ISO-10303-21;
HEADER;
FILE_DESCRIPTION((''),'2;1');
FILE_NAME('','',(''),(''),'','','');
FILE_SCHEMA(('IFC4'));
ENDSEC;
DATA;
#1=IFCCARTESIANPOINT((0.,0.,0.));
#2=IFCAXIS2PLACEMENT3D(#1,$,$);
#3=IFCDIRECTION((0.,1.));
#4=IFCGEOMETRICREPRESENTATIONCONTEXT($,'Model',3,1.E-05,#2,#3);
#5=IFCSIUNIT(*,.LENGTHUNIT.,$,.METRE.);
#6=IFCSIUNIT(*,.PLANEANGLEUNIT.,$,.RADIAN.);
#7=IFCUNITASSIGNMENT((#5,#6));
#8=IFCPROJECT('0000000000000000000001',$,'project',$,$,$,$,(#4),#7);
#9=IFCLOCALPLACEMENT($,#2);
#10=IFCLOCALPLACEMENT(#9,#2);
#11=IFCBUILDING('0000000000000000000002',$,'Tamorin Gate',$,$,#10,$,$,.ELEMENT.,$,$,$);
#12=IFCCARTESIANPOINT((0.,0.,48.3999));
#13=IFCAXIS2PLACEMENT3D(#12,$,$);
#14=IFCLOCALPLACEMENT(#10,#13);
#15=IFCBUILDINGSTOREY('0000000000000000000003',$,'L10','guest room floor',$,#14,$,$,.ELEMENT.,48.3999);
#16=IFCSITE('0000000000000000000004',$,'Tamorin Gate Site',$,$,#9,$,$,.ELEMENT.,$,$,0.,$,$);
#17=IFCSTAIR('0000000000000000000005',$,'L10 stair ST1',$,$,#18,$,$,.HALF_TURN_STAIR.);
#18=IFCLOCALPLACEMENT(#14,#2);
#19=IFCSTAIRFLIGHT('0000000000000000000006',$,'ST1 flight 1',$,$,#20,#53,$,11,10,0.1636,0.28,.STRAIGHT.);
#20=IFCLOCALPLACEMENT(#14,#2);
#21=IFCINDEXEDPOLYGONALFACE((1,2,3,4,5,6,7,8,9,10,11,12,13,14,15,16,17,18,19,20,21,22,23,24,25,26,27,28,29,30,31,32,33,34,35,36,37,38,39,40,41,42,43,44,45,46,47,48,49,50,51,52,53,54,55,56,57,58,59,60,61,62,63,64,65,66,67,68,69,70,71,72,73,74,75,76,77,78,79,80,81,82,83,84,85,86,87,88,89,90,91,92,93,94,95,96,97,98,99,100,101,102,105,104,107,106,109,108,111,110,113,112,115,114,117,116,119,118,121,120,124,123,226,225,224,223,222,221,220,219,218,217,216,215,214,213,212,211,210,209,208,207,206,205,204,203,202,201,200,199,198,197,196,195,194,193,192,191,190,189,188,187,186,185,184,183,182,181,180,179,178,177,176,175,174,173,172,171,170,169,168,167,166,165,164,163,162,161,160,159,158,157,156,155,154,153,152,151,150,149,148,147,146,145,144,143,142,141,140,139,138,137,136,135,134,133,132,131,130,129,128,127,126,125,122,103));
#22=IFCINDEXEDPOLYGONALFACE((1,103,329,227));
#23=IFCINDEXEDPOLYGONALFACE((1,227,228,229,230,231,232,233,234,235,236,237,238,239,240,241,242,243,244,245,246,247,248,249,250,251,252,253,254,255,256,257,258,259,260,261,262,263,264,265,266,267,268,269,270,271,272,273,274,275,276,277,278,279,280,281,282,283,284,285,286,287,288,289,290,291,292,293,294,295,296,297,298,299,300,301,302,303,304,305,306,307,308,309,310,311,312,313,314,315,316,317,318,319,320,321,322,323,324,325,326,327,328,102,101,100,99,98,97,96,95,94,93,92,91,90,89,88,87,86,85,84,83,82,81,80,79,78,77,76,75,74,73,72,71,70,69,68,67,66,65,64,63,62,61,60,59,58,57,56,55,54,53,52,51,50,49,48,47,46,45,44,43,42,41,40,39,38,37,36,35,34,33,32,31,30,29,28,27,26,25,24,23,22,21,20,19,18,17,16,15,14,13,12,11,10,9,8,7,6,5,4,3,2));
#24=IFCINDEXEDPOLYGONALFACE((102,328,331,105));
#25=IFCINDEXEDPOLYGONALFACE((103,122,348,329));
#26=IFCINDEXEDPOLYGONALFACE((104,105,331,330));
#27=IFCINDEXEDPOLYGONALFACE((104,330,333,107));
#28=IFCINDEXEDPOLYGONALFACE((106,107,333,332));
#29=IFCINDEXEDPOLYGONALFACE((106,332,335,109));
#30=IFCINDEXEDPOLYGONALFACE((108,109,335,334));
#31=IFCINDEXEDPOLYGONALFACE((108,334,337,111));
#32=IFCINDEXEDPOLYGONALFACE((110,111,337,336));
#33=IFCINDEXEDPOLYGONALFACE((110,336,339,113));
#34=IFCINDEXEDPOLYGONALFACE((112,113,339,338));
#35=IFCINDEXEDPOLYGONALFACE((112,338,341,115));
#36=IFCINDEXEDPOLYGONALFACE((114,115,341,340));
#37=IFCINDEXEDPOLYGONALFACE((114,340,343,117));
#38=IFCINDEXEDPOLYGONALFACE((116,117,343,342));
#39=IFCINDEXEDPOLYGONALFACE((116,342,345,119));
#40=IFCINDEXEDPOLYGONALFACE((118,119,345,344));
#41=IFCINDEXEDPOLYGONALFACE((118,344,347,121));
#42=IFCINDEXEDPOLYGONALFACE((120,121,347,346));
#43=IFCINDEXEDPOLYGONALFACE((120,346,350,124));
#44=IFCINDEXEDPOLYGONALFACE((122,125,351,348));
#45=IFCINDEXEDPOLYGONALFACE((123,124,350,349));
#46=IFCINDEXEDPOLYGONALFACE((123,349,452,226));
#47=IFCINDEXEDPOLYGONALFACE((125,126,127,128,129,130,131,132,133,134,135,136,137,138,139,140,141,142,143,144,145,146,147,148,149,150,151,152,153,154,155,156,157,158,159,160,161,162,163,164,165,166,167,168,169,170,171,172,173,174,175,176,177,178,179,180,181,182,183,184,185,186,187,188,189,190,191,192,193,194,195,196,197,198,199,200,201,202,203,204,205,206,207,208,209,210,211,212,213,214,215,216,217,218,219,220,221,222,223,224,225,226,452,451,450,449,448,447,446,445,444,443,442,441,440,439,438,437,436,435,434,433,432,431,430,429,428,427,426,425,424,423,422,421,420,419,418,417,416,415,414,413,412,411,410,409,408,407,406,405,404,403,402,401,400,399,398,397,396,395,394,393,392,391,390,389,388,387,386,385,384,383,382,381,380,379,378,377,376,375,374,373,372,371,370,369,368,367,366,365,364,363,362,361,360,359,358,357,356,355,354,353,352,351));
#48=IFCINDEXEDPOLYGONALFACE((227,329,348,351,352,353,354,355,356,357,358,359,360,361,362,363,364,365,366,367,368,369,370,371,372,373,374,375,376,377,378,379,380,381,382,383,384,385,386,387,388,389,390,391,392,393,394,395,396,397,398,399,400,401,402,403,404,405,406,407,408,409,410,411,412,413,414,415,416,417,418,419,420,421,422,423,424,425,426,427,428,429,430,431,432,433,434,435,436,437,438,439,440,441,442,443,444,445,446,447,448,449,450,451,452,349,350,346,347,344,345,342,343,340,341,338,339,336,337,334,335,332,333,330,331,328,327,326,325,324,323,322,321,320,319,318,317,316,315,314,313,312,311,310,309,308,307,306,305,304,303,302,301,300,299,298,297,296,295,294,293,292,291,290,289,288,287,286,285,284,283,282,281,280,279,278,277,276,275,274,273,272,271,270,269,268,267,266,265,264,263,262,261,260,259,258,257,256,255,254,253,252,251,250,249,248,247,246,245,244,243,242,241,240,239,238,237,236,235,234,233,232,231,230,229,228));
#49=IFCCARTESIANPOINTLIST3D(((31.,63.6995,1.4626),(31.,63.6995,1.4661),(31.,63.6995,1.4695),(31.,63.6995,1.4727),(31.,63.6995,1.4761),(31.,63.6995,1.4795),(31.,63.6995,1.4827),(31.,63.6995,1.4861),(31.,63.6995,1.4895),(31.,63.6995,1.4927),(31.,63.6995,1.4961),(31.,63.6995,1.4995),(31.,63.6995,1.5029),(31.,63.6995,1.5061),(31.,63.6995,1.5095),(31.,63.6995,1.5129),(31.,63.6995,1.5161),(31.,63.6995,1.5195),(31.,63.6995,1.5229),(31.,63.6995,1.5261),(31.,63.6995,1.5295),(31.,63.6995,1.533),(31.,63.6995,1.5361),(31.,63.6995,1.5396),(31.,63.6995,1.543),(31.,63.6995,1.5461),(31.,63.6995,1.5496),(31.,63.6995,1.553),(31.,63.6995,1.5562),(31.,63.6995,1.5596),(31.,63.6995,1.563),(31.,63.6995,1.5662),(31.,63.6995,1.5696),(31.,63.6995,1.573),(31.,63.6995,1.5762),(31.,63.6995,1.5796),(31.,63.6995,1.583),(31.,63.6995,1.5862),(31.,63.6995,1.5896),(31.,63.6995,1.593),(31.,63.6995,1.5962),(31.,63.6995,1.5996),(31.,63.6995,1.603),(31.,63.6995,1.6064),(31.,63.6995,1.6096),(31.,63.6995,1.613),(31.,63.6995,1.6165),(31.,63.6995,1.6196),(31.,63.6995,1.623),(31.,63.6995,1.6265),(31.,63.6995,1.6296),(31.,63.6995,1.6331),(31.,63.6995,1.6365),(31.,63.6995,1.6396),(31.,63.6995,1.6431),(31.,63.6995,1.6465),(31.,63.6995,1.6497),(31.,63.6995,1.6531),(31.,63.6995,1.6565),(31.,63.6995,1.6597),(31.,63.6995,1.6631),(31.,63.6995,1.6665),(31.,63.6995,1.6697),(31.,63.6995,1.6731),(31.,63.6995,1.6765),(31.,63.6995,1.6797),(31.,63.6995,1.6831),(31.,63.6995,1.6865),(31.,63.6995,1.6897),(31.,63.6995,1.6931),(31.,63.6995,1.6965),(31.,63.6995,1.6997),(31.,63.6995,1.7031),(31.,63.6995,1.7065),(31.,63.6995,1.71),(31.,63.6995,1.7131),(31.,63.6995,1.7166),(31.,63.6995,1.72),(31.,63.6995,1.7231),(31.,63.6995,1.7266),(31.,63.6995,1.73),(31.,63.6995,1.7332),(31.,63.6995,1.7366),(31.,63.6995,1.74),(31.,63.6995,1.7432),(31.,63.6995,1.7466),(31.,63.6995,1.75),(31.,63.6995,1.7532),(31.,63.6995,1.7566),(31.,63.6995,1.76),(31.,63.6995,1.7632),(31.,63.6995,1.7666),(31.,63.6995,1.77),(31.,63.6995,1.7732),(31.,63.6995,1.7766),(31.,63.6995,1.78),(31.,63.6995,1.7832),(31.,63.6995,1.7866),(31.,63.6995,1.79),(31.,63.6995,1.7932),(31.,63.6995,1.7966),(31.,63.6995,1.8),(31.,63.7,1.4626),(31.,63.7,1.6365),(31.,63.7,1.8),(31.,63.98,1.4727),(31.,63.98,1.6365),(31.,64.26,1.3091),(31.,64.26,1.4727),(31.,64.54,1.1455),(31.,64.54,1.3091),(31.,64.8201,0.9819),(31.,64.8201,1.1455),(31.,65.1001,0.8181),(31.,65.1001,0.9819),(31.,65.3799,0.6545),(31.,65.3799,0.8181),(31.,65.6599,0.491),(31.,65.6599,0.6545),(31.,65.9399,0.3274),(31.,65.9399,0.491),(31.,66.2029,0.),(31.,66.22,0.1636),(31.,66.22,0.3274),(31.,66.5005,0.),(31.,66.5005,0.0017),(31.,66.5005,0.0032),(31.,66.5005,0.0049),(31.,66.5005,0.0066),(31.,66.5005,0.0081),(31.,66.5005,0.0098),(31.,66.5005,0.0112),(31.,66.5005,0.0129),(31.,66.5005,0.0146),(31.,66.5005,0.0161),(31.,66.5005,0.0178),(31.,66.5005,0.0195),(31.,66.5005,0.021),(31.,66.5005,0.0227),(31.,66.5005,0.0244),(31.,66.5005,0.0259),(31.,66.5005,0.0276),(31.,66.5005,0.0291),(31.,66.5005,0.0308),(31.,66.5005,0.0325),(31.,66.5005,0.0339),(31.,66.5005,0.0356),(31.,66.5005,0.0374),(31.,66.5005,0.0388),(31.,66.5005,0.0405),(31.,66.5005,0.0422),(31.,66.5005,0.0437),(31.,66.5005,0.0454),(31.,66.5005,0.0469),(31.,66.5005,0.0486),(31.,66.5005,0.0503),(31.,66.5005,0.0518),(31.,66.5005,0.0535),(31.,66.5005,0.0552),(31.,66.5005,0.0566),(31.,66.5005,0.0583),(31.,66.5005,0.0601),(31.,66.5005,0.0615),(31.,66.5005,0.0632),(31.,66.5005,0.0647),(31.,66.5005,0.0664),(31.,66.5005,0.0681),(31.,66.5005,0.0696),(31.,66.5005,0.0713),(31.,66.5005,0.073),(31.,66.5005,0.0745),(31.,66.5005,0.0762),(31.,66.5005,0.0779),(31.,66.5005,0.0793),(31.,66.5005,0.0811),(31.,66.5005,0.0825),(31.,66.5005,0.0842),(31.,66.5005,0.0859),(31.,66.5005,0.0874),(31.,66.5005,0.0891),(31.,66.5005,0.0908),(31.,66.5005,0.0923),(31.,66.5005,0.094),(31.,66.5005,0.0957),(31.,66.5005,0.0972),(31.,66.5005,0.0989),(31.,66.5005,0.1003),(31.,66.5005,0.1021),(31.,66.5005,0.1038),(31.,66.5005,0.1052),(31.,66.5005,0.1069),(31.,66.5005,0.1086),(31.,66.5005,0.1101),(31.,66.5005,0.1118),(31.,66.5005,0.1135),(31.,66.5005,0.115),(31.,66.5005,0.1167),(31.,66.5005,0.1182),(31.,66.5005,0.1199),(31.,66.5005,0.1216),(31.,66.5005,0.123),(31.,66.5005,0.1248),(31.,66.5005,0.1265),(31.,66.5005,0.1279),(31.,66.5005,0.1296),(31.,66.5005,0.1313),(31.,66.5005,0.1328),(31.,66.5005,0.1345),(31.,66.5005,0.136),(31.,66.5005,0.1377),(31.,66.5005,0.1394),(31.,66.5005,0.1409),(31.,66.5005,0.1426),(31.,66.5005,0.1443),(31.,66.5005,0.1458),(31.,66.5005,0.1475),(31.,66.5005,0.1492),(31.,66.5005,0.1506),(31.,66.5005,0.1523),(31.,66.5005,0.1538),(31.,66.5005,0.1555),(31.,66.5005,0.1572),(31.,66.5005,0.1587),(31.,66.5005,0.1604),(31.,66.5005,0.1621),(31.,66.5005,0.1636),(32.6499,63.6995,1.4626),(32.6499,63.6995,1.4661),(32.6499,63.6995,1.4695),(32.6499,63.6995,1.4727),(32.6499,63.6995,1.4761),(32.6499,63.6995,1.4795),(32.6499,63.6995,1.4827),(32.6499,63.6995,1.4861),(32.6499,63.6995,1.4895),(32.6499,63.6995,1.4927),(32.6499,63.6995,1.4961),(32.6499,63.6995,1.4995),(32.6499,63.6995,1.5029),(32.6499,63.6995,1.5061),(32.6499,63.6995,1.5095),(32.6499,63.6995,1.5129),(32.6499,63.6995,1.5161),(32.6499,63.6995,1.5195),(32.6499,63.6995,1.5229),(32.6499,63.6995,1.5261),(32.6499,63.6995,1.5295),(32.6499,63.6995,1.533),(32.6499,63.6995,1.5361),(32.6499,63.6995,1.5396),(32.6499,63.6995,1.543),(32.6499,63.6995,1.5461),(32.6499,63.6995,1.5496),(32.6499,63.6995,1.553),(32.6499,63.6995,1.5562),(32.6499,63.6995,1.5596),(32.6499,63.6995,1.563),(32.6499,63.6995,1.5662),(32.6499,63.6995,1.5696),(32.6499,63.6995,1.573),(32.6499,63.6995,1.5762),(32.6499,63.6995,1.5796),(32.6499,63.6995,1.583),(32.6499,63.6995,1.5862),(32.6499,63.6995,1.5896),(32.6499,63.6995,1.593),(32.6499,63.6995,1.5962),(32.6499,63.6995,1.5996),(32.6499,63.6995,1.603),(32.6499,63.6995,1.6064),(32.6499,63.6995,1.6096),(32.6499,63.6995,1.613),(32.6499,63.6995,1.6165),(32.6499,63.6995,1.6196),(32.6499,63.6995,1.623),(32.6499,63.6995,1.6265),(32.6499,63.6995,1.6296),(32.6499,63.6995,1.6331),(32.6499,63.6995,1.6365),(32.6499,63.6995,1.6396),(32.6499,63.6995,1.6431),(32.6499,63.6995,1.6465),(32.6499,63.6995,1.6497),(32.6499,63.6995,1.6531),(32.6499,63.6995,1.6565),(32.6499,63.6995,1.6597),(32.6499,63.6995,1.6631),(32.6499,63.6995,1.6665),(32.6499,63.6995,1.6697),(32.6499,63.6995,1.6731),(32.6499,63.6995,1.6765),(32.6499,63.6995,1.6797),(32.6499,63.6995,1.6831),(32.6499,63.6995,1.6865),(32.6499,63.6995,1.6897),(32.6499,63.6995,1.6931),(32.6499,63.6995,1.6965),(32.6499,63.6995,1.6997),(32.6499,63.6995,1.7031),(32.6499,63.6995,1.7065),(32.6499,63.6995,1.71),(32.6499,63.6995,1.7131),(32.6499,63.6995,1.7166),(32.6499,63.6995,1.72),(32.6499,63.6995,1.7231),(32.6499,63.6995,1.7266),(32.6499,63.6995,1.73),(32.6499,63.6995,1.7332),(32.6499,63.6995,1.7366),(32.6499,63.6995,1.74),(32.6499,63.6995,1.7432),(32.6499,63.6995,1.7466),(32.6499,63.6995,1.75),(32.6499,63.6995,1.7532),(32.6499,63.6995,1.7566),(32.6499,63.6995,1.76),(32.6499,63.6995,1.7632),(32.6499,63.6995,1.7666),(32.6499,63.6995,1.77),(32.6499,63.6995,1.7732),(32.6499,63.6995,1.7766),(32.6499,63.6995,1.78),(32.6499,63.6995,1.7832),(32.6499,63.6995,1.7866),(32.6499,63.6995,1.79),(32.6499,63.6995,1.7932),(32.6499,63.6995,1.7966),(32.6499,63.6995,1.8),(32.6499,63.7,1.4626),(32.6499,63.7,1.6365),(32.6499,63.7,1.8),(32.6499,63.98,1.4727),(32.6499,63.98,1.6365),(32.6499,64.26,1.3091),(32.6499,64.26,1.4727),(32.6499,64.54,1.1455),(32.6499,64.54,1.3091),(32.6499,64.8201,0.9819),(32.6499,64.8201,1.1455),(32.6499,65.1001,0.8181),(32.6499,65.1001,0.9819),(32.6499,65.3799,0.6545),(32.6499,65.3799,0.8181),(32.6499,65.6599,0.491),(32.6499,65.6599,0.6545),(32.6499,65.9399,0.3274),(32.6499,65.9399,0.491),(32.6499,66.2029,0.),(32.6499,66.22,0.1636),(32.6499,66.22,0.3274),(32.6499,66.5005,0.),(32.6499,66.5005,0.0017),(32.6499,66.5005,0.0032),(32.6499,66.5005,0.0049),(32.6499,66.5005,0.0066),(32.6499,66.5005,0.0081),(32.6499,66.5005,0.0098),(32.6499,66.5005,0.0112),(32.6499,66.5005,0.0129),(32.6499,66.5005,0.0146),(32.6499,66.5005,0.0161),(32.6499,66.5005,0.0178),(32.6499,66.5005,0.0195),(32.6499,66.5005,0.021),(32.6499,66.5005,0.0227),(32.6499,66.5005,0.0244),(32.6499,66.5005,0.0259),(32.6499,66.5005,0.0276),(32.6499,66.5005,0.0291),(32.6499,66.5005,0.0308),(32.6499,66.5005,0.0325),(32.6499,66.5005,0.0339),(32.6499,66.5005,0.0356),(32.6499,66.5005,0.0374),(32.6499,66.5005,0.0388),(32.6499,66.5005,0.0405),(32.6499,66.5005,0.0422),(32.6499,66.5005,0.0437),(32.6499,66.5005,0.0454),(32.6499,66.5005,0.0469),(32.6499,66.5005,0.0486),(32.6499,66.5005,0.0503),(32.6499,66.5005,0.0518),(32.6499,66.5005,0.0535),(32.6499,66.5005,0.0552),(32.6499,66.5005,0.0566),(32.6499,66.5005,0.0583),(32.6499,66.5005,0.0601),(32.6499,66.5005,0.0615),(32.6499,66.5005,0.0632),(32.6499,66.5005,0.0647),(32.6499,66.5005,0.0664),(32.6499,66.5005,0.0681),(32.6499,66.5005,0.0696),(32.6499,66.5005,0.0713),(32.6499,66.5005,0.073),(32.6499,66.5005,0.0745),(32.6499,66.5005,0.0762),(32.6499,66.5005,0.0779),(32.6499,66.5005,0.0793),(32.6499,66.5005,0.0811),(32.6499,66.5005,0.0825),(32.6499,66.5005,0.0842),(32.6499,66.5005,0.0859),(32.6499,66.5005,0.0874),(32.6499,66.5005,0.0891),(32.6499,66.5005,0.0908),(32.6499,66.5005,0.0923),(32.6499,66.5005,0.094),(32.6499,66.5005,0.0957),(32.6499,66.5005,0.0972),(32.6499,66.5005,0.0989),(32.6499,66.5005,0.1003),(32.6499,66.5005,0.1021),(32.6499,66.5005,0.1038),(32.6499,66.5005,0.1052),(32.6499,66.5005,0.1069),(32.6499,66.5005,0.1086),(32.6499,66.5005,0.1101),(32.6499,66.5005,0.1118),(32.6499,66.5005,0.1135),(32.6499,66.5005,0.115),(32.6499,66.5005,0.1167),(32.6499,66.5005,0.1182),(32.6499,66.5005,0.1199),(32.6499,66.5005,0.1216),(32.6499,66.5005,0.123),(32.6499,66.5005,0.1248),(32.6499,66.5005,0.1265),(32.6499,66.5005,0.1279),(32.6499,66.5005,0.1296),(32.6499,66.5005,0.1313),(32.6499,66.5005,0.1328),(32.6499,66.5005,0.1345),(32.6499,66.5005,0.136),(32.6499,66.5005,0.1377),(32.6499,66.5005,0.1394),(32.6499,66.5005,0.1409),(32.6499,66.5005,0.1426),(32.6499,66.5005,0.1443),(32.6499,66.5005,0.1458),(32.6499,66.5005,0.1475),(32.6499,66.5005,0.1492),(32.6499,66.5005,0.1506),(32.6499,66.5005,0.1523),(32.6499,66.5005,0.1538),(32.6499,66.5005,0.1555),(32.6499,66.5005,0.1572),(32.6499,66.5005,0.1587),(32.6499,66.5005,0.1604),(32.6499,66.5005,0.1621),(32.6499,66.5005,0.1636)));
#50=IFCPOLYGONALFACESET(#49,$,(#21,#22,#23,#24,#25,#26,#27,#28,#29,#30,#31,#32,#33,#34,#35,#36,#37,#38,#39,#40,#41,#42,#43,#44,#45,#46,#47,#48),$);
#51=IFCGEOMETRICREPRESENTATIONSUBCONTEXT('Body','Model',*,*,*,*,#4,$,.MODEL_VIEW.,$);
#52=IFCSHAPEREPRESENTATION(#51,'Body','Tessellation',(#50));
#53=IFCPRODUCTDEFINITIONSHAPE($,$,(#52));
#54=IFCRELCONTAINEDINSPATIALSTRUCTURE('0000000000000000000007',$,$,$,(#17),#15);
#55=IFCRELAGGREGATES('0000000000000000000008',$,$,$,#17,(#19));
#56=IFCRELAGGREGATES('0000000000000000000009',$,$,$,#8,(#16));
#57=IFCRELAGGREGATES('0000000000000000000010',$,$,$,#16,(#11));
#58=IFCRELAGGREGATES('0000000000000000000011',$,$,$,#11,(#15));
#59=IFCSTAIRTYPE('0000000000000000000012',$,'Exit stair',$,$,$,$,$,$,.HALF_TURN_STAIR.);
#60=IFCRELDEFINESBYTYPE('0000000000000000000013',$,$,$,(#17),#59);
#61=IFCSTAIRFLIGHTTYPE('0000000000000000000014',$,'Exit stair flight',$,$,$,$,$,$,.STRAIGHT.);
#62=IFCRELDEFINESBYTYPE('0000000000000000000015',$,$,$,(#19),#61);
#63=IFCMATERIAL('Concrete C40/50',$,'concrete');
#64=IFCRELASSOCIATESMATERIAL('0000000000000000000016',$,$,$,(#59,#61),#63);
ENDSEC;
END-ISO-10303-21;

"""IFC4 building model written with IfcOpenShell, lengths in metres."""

from ifc_helpers import new_model, si_unit, direction, frame, origin, place, context, subcontext, project, spatial, polyline, outline, extrude, material, type_object, element, aggregate, save


model = new_model("IFC4")

# Units and contexts
model_context = context("Model", 3, precision=1e-05, world=origin(), true_north=direction((0.0, 1.0)))
body_context = subcontext(model_context, "Body", "Model", "MODEL_VIEW")
ifc_project = project(units=[si_unit("LENGTHUNIT", "METRE"), si_unit("PLANEANGLEUNIT", "RADIAN")], contexts=[model_context])

# Site, building, storey
site_placement = place(None, origin())
site = spatial("IfcSite", under=ifc_project, at=site_placement, Name="Tamorin Gate Site", CompositionType="ELEMENT", RefElevation=0.0)
building_placement = place(site_placement, origin())
building = spatial("IfcBuilding", under=site, at=building_placement, Name="Tamorin Gate", CompositionType="ELEMENT")
storey_placement = place(building_placement, frame((0.0, 0.0, 48.3999)))
storey = spatial("IfcBuildingStorey", under=building, at=storey_placement, Name="L10", Description="guest room floor", CompositionType="ELEMENT", Elevation=48.3999)

# Shared definitions
ifc_material_1 = material(Name="Concrete C40/50", Category="concrete")

# Stair, stair flight
stair_type = type_object("IfcStairType", Name="Exit stair", PredefinedType="HALF_TURN_STAIR", material=ifc_material_1)
stair_placement = place(storey_placement, origin())
stair = element("IfcStair", 1, at=stair_placement, inside=storey, type_object=stair_type, Name="L10 stair ST1", PredefinedType="HALF_TURN_STAIR")
stair_flight_type = type_object("IfcStairFlightType", Name="Exit stair flight", PredefinedType="STRAIGHT", material=ifc_material_1)
stair_flight_1_placement = place(storey_placement, frame((31.825, 66.5, 0.0), z_axis=(0.0, 0.0, 1.0), x_axis=(0.0, -1.0, 0.0)))
stair_flight_1 = element("IfcStairFlight", 2, at=stair_flight_1_placement, type_object=stair_flight_type, Name="ST1 flight 1", NumberOfRisers=11, NumberOfTreads=10, PredefinedType="STRAIGHT", RiserHeight=0.1636, TreadLength=0.28, context=body_context, shape_type="SweptSolid", body=[
    extrude(outline(polyline([(-0.0005, 0.0), (-0.0005, 0.0017), (-0.0005, 0.0032), (-0.0005, 0.0049), (-0.0005, 0.0066), (-0.0005, 0.0081), (-0.0005, 0.0098), (-0.0005, 0.0112), (-0.0005, 0.0129), (-0.0005, 0.0146), (-0.0005, 0.0161), (-0.0005, 0.0178), (-0.0005, 0.0195), (-0.0005, 0.021), (-0.0005, 0.0227), (-0.0005, 0.0244), (-0.0005, 0.0259), (-0.0005, 0.0276), (-0.0005, 0.0291), (-0.0005, 0.0308), (-0.0005, 0.0325), (-0.0005, 0.0339), (-0.0005, 0.0356), (-0.0005, 0.0374), (-0.0005, 0.0388), (-0.0005, 0.0405), (-0.0005, 0.0422), (-0.0005, 0.0437), (-0.0005, 0.0454), (-0.0005, 0.0469), (-0.0005, 0.0486), (-0.0005, 0.0503), (-0.0005, 0.0518), (-0.0005, 0.0535), (-0.0005, 0.0552), (-0.0005, 0.0566), (-0.0005, 0.0583), (-0.0005, 0.0601), (-0.0005, 0.0615), (-0.0005, 0.0632), (-0.0005, 0.0647), (-0.0005, 0.0664), (-0.0005, 0.0681), (-0.0005, 0.0696), (-0.0005, 0.0713), (-0.0005, 0.073), (-0.0005, 0.0745), (-0.0005, 0.0762), (-0.0005, 0.0779), (-0.0005, 0.0793), (-0.0005, 0.0811), (-0.0005, 0.0825), (-0.0005, 0.0842), (-0.0005, 0.0859), (-0.0005, 0.0874), (-0.0005, 0.0891), (-0.0005, 0.0908), (-0.0005, 0.0923), (-0.0005, 0.094), (-0.0005, 0.0957), (-0.0005, 0.0972), (-0.0005, 0.0989), (-0.0005, 0.1003), (-0.0005, 0.1021), (-0.0005, 0.1038), (-0.0005, 0.1052), (-0.0005, 0.1069), (-0.0005, 0.1086), (-0.0005, 0.1101), (-0.0005, 0.1118), (-0.0005, 0.1135), (-0.0005, 0.115), (-0.0005, 0.1167), (-0.0005, 0.1182), (-0.0005, 0.1199), (-0.0005, 0.1216), (-0.0005, 0.123), (-0.0005, 0.1248), (-0.0005, 0.1265), (-0.0005, 0.1279), (-0.0005, 0.1296), (-0.0005, 0.1313), (-0.0005, 0.1328), (-0.0005, 0.1345), (-0.0005, 0.136), (-0.0005, 0.1377), (-0.0005, 0.1394), (-0.0005, 0.1409), (-0.0005, 0.1426), (-0.0005, 0.1443), (-0.0005, 0.1458), (-0.0005, 0.1475), (-0.0005, 0.1492), (-0.0005, 0.1506), (-0.0005, 0.1523), (-0.0005, 0.1538), (-0.0005, 0.1555), (-0.0005, 0.1572), (-0.0005, 0.1587), (-0.0005, 0.1604), (-0.0005, 0.1621), (-0.0005, 0.1636), (0.28, 0.1636), (0.28, 0.3274), (0.5601, 0.3274), (0.5601, 0.491), (0.8401, 0.491), (0.8401, 0.6545), (1.1201, 0.6545), (1.1201, 0.8181), (1.3999, 0.8181), (1.3999, 0.9819), (1.6799, 0.9819), (1.6799, 1.1455), (1.96, 1.1455), (1.96, 1.3091), (2.24, 1.3091), (2.24, 1.4727), (2.52, 1.4727), (2.52, 1.6365), (2.8, 1.6365), (2.8, 1.8), (2.8005, 1.8), (2.8005, 1.7966), (2.8005, 1.7932), (2.8005, 1.79), (2.8005, 1.7866), (2.8005, 1.7832), (2.8005, 1.78), (2.8005, 1.7766), (2.8005, 1.7732), (2.8005, 1.77), (2.8005, 1.7666), (2.8005, 1.7632), (2.8005, 1.76), (2.8005, 1.7566), (2.8005, 1.7532), (2.8005, 1.75), (2.8005, 1.7466), (2.8005, 1.7432), (2.8005, 1.74), (2.8005, 1.7366), (2.8005, 1.7332), (2.8005, 1.73), (2.8005, 1.7266), (2.8005, 1.7231), (2.8005, 1.72), (2.8005, 1.7166), (2.8005, 1.7131), (2.8005, 1.71), (2.8005, 1.7065), (2.8005, 1.7031), (2.8005, 1.6997), (2.8005, 1.6965), (2.8005, 1.6931), (2.8005, 1.6897), (2.8005, 1.6865), (2.8005, 1.6831), (2.8005, 1.6797), (2.8005, 1.6765), (2.8005, 1.6731), (2.8005, 1.6697), (2.8005, 1.6665), (2.8005, 1.6631), (2.8005, 1.6597), (2.8005, 1.6565), (2.8005, 1.6531), (2.8005, 1.6497), (2.8005, 1.6465), (2.8005, 1.6431), (2.8005, 1.6396), (2.8005, 1.6365), (2.8005, 1.6331), (2.8005, 1.6296), (2.8005, 1.6265), (2.8005, 1.623), (2.8005, 1.6196), (2.8005, 1.6165), (2.8005, 1.613), (2.8005, 1.6096), (2.8005, 1.6064), (2.8005, 1.603), (2.8005, 1.5996), (2.8005, 1.5962), (2.8005, 1.593), (2.8005, 1.5896), (2.8005, 1.5862), (2.8005, 1.583), (2.8005, 1.5796), (2.8005, 1.5762), (2.8005, 1.573), (2.8005, 1.5696), (2.8005, 1.5662), (2.8005, 1.563), (2.8005, 1.5596), (2.8005, 1.5562), (2.8005, 1.553), (2.8005, 1.5496), (2.8005, 1.5461), (2.8005, 1.543), (2.8005, 1.5396), (2.8005, 1.5361), (2.8005, 1.533), (2.8005, 1.5295), (2.8005, 1.5261), (2.8005, 1.5229), (2.8005, 1.5195), (2.8005, 1.5161), (2.8005, 1.5129), (2.8005, 1.5095), (2.8005, 1.5061), (2.8005, 1.5029), (2.8005, 1.4995), (2.8005, 1.4961), (2.8005, 1.4927), (2.8005, 1.4895), (2.8005, 1.4861), (2.8005, 1.4827), (2.8005, 1.4795), (2.8005, 1.4761), (2.8005, 1.4727), (2.8005, 1.4695), (2.8005, 1.4661), (2.8005, 1.4626), (2.8, 1.4626), (0.2971, 0.0), (-0.0005, 0.0)])), frame((0.0, 0.825, 0.0), z_axis=(0.0, -1.0, 0.0), x_axis=(1.0, 0.0, 0.0)), (0.0, 0.0, 1.0), 1.6499),
])
aggregate(stair, [stair_flight_1])

save(model, "model.ifc")
